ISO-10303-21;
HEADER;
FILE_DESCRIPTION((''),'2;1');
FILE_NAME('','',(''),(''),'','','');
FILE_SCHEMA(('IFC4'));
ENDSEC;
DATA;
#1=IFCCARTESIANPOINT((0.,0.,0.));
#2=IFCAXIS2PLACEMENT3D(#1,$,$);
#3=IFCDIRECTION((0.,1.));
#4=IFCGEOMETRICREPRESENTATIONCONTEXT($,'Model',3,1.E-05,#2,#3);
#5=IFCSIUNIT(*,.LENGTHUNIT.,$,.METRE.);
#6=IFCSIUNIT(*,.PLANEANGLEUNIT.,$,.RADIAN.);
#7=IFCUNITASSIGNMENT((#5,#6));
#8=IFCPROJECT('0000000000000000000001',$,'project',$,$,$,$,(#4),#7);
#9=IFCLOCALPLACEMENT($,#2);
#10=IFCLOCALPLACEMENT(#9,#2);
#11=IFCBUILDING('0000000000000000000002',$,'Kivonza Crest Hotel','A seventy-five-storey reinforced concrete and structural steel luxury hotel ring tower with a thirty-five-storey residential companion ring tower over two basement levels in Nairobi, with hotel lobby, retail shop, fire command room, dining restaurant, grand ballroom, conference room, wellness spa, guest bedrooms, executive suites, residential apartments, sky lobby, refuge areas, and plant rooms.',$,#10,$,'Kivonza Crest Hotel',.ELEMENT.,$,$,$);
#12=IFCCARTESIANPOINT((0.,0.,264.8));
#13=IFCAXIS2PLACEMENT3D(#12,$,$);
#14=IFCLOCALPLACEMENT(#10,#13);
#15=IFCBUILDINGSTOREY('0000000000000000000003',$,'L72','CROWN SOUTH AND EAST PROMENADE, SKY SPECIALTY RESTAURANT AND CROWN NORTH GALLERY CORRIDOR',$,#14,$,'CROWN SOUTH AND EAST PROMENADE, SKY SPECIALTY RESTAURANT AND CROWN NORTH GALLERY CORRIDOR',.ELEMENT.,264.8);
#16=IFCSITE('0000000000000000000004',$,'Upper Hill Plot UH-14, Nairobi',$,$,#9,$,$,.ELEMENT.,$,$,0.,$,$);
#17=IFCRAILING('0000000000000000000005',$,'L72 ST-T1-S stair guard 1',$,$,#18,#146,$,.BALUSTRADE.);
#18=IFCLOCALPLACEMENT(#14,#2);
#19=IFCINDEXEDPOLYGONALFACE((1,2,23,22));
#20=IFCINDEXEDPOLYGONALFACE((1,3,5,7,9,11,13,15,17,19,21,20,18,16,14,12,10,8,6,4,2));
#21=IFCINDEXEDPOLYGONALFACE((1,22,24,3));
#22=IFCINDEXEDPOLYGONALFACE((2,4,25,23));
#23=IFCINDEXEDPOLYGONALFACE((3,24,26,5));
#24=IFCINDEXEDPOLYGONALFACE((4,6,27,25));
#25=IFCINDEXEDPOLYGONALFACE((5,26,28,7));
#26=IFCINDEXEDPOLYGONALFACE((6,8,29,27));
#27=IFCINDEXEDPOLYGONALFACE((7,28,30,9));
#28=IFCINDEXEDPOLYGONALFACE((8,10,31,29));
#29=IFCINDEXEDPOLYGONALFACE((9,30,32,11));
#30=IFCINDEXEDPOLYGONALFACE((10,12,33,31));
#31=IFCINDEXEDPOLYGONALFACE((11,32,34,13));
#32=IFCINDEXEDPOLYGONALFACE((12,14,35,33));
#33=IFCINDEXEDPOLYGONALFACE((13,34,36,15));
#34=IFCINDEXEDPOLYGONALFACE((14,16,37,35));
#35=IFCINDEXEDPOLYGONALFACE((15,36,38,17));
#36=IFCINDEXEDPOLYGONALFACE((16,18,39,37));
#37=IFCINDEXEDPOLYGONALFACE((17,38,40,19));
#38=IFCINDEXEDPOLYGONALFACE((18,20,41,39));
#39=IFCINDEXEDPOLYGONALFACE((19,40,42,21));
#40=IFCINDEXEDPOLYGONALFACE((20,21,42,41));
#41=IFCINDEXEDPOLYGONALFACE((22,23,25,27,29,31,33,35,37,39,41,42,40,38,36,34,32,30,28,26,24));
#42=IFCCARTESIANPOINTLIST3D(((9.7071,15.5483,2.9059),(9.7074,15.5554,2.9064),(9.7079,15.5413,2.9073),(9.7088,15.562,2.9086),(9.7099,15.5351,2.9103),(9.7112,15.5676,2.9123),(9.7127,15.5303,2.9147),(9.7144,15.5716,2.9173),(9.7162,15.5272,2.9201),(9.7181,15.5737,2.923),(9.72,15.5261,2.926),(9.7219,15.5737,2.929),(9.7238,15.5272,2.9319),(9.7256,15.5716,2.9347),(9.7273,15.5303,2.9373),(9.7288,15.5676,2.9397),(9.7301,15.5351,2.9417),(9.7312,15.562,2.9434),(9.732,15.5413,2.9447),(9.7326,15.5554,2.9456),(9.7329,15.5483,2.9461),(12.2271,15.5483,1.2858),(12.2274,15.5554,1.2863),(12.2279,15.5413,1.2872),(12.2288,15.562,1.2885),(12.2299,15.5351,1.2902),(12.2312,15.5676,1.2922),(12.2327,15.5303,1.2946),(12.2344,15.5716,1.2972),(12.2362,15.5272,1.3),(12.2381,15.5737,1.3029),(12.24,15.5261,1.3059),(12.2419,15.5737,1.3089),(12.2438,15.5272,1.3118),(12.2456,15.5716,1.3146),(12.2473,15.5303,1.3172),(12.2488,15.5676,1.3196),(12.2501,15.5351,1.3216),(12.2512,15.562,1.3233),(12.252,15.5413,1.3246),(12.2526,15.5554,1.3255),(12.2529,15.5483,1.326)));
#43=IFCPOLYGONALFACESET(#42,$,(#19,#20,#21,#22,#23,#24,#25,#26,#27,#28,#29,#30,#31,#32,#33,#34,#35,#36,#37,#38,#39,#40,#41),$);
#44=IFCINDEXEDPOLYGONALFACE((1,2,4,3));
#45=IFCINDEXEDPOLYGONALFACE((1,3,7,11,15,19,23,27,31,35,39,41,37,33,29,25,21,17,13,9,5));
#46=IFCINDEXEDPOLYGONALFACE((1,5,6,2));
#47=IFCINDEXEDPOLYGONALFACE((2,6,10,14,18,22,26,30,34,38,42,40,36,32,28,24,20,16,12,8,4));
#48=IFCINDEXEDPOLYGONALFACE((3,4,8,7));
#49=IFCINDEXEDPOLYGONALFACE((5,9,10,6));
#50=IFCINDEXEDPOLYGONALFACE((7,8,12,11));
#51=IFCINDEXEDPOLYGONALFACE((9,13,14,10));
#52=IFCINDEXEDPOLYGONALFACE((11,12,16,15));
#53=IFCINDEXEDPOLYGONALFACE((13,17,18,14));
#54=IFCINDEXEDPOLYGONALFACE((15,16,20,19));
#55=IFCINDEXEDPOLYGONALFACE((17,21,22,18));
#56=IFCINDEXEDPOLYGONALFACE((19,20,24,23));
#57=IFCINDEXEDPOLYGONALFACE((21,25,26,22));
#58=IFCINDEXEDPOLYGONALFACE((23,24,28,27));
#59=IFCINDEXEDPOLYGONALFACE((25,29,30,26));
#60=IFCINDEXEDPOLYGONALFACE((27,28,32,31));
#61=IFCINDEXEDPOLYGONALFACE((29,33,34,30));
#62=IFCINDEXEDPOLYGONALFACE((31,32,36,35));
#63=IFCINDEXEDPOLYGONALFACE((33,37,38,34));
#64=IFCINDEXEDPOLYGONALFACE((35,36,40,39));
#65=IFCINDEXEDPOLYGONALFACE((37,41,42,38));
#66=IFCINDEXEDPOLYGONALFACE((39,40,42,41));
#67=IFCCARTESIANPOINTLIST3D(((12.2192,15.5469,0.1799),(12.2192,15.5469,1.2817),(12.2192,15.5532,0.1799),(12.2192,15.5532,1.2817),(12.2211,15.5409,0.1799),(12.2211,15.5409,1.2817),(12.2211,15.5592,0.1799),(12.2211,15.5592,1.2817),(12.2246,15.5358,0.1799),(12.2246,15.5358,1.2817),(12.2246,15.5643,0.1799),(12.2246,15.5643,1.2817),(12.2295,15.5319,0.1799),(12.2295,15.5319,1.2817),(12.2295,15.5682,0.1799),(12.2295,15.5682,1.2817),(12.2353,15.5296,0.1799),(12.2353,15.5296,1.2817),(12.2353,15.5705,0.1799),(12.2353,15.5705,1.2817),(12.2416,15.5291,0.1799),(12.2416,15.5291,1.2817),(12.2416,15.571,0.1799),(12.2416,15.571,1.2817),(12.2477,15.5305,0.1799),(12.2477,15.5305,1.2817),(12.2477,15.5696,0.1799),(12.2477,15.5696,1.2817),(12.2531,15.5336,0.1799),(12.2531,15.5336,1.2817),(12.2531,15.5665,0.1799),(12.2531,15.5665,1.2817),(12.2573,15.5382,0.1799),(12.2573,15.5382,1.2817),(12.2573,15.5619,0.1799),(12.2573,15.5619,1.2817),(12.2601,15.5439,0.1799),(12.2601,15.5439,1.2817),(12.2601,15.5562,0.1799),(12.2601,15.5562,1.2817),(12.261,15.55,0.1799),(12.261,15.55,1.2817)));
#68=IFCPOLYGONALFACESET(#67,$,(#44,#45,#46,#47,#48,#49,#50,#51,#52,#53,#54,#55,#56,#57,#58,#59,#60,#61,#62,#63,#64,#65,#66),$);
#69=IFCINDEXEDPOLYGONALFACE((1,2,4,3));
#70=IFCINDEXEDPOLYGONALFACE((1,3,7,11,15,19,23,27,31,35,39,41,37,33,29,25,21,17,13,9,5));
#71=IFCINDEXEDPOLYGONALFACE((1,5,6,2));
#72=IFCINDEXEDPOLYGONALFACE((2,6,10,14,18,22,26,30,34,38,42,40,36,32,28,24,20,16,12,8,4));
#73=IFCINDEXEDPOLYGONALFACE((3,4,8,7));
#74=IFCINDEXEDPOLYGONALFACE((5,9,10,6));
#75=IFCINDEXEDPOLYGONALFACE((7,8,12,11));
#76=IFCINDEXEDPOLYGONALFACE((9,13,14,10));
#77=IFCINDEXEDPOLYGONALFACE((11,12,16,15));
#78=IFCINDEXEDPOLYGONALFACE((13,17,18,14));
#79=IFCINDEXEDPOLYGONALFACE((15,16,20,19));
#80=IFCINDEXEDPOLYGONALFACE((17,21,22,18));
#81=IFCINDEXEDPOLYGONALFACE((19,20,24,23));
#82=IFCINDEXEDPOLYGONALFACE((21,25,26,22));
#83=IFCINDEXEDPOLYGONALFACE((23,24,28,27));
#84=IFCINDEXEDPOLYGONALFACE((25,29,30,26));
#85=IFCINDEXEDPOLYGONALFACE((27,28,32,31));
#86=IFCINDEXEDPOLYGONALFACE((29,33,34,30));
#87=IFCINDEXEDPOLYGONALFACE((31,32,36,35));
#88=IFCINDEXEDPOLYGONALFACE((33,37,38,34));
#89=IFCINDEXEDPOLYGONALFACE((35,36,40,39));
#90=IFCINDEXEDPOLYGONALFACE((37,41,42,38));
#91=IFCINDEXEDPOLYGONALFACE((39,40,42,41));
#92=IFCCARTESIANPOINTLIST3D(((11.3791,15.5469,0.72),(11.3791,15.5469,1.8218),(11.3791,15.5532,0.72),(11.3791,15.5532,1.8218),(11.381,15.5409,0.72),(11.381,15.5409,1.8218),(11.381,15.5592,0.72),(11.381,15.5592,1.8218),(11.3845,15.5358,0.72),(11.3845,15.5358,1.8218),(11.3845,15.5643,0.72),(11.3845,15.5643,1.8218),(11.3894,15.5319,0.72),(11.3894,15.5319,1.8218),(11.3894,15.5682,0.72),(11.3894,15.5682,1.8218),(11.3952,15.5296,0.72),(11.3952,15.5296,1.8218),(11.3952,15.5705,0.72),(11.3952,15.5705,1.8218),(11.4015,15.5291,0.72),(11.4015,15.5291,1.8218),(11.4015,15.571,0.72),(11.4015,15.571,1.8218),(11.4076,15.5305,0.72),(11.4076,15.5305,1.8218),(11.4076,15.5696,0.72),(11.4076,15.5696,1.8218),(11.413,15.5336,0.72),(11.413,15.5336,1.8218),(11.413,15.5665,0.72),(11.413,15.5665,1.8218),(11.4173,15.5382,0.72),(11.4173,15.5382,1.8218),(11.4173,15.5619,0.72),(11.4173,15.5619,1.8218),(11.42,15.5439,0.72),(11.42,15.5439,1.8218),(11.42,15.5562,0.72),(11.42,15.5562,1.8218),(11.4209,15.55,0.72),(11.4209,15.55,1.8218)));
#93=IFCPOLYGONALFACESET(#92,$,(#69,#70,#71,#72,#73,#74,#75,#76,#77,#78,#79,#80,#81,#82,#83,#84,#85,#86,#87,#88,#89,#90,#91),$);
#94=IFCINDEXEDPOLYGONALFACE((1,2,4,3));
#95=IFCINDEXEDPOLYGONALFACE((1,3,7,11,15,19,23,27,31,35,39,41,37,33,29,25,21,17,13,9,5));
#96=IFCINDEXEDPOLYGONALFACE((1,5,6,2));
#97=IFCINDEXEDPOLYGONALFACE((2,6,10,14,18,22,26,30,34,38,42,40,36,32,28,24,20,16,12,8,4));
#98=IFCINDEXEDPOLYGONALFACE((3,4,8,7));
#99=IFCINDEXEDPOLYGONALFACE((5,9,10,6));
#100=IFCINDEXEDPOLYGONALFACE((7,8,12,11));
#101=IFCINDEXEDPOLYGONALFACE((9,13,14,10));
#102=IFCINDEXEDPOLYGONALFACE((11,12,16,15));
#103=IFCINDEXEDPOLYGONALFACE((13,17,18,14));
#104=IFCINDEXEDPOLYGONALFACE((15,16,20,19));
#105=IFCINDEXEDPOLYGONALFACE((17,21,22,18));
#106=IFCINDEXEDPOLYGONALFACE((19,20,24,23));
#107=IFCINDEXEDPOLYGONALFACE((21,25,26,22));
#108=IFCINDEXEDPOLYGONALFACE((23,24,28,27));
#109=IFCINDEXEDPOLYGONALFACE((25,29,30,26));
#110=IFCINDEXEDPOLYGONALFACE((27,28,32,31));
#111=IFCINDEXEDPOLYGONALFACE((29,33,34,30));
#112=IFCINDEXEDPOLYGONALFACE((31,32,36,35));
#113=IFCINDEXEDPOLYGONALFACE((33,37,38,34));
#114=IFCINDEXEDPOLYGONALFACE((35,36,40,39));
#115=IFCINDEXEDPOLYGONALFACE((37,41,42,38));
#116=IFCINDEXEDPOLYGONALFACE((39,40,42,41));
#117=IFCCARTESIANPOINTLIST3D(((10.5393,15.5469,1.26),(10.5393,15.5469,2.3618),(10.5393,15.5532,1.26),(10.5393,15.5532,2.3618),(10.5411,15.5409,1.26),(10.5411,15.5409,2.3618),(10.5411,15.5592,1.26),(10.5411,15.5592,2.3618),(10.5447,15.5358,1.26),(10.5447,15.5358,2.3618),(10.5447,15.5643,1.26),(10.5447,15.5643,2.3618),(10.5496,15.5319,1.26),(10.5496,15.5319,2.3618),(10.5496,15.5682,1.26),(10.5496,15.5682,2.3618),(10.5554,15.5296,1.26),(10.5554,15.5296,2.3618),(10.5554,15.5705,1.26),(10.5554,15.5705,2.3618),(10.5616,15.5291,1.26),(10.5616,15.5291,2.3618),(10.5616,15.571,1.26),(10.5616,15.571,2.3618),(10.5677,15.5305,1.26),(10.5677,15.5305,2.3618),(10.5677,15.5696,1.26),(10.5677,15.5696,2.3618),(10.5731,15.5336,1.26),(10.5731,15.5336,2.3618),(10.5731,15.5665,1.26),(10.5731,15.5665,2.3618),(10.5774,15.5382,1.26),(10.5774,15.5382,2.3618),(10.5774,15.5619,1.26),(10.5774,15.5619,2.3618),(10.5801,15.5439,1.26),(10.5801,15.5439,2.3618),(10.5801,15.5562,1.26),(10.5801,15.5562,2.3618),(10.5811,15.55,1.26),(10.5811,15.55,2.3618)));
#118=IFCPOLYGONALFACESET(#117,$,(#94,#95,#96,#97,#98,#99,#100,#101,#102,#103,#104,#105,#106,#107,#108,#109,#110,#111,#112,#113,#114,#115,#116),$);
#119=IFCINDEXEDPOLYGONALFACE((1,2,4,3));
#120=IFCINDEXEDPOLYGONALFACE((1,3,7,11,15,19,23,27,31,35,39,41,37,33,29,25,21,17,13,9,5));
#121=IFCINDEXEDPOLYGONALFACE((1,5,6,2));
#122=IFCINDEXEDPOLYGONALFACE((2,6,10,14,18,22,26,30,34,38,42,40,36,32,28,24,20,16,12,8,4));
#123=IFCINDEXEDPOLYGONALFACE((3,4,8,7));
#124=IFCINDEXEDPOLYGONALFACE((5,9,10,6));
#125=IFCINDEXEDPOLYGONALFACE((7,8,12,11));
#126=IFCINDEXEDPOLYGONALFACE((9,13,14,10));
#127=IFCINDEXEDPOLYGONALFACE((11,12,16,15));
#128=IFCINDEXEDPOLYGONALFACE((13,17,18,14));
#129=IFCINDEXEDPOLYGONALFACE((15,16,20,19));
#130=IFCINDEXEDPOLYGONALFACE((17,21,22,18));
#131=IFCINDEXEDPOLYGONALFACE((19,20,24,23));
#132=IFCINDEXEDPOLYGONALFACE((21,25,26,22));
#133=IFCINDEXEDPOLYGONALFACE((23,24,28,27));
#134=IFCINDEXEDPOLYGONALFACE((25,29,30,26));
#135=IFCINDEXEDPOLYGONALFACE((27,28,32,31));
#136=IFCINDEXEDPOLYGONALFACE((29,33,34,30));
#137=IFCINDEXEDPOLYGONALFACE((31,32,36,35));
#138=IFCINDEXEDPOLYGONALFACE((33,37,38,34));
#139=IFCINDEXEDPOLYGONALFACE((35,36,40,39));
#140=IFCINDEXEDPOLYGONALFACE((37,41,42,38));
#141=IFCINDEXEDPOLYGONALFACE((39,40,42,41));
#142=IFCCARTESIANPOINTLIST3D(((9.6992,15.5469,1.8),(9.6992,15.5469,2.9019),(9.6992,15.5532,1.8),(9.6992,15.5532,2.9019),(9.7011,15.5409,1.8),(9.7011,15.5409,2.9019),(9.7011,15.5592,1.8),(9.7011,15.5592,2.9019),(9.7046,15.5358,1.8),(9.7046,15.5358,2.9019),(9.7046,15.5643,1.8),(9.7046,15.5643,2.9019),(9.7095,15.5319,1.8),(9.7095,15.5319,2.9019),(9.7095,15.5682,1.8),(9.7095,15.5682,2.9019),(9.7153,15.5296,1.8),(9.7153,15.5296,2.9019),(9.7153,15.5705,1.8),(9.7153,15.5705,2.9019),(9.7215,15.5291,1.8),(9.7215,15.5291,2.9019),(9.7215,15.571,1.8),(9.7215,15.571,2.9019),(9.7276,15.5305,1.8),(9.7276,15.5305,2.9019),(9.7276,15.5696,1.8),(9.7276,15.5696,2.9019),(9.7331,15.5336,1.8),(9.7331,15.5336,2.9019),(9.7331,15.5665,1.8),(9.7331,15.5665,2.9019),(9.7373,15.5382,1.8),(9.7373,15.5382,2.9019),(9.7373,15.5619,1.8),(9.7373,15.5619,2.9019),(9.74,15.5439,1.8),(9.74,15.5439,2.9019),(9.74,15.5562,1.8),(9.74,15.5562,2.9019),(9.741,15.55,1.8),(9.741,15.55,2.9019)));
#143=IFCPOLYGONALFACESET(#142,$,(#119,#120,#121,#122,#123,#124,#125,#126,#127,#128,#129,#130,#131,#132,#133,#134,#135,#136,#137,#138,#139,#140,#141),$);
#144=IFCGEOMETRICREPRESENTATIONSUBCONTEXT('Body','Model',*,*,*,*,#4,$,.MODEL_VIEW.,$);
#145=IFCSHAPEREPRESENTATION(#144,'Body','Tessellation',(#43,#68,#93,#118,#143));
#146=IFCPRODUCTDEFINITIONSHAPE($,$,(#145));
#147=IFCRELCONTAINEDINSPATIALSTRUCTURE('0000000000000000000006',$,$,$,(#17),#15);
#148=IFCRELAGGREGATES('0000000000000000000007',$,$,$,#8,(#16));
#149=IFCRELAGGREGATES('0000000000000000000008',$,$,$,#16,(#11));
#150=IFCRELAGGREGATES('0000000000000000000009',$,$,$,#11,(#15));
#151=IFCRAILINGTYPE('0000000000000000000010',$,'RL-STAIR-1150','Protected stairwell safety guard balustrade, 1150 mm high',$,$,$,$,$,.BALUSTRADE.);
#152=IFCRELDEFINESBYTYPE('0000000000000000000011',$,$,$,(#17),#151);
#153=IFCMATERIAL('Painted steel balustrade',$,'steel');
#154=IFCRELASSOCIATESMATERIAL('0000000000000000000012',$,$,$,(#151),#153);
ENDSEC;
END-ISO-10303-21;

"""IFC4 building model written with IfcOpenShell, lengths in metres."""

from ifc_helpers import new_model, si_unit, direction, frame, origin, origin_2d, place, context, subcontext, project, spatial, circle, extrude, material, type_object, element, save


model = new_model("IFC4")

# Units and contexts
model_context = context("Model", 3, precision=1e-05, world=origin(), true_north=direction((0.0, 1.0)))
body_context = subcontext(model_context, "Body", "Model", "MODEL_VIEW")
ifc_project = project(units=[si_unit("LENGTHUNIT", "METRE"), si_unit("PLANEANGLEUNIT", "RADIAN")], contexts=[model_context])

# Site, building, storey
site_placement = place(None, origin())
site = spatial("IfcSite", under=ifc_project, at=site_placement, Name="Upper Hill Plot UH-14, Nairobi", CompositionType="ELEMENT", RefElevation=0.0)
building_placement = place(site_placement, origin())
building = spatial("IfcBuilding", under=site, at=building_placement, Name="Kivonza Crest Hotel", Description="A seventy-five-storey reinforced concrete and structural steel luxury hotel ring tower with a thirty-five-storey residential companion ring tower over two basement levels in Nairobi, with hotel lobby, retail shop, fire command room, dining restaurant, grand ballroom, conference room, wellness spa, guest bedrooms, executive suites, residential apartments, sky lobby, refuge areas, and plant rooms.", LongName="Kivonza Crest Hotel", CompositionType="ELEMENT")
storey_placement = place(building_placement, frame((0.0, 0.0, 264.8)))
storey = spatial("IfcBuildingStorey", under=building, at=storey_placement, Name="L72", Description="CROWN SOUTH AND EAST PROMENADE, SKY SPECIALTY RESTAURANT AND CROWN NORTH GALLERY CORRIDOR", LongName="CROWN SOUTH AND EAST PROMENADE, SKY SPECIALTY RESTAURANT AND CROWN NORTH GALLERY CORRIDOR", CompositionType="ELEMENT", Elevation=264.8)

# Railing
ifc_material_1 = material(Name="Painted steel balustrade", Category="steel")
railing_type_1 = type_object("IfcRailingType", Name="RL-STAIR-1150", Description="Protected stairwell safety guard balustrade, 1150 mm high", PredefinedType="BALUSTRADE", material=ifc_material_1)
railing_1_placement = place(storey_placement, frame((12.24, 15.55, 0.1799)))
element("IfcRailing", 1, at=railing_1_placement, inside=storey, type_object=railing_type_1, Name="L72 ST-T1-S stair guard 1", PredefinedType="BALUSTRADE", context=body_context, shape_type="SweptSolid", body=[
    extrude(circle(Radius=0.0239, at=origin_2d()), frame((0.0, 0.0, 1.126), z_axis=(-0.841163, 0.0, 0.540782), x_axis=(0.0, -1.0, 0.0)), (0.0, 0.0, 1.0), 2.9958),
    extrude(circle(Radius=0.021, at=origin_2d()), origin(), (0.0, 0.0, 1.0), 1.1018),
    extrude(circle(Radius=0.021, at=origin_2d()), frame((-0.8401, 0.0, 0.54)), (0.0, 0.0, 1.0), 1.1018),
    extrude(circle(Radius=0.021, at=origin_2d()), frame((-1.6799, 0.0, 1.0801)), (0.0, 0.0, 1.0), 1.1018),
    extrude(circle(Radius=0.021, at=origin_2d()), frame((-2.52, 0.0, 1.6201)), (0.0, 0.0, 1.0), 1.1018),
])

save(model, "model.ifc")
